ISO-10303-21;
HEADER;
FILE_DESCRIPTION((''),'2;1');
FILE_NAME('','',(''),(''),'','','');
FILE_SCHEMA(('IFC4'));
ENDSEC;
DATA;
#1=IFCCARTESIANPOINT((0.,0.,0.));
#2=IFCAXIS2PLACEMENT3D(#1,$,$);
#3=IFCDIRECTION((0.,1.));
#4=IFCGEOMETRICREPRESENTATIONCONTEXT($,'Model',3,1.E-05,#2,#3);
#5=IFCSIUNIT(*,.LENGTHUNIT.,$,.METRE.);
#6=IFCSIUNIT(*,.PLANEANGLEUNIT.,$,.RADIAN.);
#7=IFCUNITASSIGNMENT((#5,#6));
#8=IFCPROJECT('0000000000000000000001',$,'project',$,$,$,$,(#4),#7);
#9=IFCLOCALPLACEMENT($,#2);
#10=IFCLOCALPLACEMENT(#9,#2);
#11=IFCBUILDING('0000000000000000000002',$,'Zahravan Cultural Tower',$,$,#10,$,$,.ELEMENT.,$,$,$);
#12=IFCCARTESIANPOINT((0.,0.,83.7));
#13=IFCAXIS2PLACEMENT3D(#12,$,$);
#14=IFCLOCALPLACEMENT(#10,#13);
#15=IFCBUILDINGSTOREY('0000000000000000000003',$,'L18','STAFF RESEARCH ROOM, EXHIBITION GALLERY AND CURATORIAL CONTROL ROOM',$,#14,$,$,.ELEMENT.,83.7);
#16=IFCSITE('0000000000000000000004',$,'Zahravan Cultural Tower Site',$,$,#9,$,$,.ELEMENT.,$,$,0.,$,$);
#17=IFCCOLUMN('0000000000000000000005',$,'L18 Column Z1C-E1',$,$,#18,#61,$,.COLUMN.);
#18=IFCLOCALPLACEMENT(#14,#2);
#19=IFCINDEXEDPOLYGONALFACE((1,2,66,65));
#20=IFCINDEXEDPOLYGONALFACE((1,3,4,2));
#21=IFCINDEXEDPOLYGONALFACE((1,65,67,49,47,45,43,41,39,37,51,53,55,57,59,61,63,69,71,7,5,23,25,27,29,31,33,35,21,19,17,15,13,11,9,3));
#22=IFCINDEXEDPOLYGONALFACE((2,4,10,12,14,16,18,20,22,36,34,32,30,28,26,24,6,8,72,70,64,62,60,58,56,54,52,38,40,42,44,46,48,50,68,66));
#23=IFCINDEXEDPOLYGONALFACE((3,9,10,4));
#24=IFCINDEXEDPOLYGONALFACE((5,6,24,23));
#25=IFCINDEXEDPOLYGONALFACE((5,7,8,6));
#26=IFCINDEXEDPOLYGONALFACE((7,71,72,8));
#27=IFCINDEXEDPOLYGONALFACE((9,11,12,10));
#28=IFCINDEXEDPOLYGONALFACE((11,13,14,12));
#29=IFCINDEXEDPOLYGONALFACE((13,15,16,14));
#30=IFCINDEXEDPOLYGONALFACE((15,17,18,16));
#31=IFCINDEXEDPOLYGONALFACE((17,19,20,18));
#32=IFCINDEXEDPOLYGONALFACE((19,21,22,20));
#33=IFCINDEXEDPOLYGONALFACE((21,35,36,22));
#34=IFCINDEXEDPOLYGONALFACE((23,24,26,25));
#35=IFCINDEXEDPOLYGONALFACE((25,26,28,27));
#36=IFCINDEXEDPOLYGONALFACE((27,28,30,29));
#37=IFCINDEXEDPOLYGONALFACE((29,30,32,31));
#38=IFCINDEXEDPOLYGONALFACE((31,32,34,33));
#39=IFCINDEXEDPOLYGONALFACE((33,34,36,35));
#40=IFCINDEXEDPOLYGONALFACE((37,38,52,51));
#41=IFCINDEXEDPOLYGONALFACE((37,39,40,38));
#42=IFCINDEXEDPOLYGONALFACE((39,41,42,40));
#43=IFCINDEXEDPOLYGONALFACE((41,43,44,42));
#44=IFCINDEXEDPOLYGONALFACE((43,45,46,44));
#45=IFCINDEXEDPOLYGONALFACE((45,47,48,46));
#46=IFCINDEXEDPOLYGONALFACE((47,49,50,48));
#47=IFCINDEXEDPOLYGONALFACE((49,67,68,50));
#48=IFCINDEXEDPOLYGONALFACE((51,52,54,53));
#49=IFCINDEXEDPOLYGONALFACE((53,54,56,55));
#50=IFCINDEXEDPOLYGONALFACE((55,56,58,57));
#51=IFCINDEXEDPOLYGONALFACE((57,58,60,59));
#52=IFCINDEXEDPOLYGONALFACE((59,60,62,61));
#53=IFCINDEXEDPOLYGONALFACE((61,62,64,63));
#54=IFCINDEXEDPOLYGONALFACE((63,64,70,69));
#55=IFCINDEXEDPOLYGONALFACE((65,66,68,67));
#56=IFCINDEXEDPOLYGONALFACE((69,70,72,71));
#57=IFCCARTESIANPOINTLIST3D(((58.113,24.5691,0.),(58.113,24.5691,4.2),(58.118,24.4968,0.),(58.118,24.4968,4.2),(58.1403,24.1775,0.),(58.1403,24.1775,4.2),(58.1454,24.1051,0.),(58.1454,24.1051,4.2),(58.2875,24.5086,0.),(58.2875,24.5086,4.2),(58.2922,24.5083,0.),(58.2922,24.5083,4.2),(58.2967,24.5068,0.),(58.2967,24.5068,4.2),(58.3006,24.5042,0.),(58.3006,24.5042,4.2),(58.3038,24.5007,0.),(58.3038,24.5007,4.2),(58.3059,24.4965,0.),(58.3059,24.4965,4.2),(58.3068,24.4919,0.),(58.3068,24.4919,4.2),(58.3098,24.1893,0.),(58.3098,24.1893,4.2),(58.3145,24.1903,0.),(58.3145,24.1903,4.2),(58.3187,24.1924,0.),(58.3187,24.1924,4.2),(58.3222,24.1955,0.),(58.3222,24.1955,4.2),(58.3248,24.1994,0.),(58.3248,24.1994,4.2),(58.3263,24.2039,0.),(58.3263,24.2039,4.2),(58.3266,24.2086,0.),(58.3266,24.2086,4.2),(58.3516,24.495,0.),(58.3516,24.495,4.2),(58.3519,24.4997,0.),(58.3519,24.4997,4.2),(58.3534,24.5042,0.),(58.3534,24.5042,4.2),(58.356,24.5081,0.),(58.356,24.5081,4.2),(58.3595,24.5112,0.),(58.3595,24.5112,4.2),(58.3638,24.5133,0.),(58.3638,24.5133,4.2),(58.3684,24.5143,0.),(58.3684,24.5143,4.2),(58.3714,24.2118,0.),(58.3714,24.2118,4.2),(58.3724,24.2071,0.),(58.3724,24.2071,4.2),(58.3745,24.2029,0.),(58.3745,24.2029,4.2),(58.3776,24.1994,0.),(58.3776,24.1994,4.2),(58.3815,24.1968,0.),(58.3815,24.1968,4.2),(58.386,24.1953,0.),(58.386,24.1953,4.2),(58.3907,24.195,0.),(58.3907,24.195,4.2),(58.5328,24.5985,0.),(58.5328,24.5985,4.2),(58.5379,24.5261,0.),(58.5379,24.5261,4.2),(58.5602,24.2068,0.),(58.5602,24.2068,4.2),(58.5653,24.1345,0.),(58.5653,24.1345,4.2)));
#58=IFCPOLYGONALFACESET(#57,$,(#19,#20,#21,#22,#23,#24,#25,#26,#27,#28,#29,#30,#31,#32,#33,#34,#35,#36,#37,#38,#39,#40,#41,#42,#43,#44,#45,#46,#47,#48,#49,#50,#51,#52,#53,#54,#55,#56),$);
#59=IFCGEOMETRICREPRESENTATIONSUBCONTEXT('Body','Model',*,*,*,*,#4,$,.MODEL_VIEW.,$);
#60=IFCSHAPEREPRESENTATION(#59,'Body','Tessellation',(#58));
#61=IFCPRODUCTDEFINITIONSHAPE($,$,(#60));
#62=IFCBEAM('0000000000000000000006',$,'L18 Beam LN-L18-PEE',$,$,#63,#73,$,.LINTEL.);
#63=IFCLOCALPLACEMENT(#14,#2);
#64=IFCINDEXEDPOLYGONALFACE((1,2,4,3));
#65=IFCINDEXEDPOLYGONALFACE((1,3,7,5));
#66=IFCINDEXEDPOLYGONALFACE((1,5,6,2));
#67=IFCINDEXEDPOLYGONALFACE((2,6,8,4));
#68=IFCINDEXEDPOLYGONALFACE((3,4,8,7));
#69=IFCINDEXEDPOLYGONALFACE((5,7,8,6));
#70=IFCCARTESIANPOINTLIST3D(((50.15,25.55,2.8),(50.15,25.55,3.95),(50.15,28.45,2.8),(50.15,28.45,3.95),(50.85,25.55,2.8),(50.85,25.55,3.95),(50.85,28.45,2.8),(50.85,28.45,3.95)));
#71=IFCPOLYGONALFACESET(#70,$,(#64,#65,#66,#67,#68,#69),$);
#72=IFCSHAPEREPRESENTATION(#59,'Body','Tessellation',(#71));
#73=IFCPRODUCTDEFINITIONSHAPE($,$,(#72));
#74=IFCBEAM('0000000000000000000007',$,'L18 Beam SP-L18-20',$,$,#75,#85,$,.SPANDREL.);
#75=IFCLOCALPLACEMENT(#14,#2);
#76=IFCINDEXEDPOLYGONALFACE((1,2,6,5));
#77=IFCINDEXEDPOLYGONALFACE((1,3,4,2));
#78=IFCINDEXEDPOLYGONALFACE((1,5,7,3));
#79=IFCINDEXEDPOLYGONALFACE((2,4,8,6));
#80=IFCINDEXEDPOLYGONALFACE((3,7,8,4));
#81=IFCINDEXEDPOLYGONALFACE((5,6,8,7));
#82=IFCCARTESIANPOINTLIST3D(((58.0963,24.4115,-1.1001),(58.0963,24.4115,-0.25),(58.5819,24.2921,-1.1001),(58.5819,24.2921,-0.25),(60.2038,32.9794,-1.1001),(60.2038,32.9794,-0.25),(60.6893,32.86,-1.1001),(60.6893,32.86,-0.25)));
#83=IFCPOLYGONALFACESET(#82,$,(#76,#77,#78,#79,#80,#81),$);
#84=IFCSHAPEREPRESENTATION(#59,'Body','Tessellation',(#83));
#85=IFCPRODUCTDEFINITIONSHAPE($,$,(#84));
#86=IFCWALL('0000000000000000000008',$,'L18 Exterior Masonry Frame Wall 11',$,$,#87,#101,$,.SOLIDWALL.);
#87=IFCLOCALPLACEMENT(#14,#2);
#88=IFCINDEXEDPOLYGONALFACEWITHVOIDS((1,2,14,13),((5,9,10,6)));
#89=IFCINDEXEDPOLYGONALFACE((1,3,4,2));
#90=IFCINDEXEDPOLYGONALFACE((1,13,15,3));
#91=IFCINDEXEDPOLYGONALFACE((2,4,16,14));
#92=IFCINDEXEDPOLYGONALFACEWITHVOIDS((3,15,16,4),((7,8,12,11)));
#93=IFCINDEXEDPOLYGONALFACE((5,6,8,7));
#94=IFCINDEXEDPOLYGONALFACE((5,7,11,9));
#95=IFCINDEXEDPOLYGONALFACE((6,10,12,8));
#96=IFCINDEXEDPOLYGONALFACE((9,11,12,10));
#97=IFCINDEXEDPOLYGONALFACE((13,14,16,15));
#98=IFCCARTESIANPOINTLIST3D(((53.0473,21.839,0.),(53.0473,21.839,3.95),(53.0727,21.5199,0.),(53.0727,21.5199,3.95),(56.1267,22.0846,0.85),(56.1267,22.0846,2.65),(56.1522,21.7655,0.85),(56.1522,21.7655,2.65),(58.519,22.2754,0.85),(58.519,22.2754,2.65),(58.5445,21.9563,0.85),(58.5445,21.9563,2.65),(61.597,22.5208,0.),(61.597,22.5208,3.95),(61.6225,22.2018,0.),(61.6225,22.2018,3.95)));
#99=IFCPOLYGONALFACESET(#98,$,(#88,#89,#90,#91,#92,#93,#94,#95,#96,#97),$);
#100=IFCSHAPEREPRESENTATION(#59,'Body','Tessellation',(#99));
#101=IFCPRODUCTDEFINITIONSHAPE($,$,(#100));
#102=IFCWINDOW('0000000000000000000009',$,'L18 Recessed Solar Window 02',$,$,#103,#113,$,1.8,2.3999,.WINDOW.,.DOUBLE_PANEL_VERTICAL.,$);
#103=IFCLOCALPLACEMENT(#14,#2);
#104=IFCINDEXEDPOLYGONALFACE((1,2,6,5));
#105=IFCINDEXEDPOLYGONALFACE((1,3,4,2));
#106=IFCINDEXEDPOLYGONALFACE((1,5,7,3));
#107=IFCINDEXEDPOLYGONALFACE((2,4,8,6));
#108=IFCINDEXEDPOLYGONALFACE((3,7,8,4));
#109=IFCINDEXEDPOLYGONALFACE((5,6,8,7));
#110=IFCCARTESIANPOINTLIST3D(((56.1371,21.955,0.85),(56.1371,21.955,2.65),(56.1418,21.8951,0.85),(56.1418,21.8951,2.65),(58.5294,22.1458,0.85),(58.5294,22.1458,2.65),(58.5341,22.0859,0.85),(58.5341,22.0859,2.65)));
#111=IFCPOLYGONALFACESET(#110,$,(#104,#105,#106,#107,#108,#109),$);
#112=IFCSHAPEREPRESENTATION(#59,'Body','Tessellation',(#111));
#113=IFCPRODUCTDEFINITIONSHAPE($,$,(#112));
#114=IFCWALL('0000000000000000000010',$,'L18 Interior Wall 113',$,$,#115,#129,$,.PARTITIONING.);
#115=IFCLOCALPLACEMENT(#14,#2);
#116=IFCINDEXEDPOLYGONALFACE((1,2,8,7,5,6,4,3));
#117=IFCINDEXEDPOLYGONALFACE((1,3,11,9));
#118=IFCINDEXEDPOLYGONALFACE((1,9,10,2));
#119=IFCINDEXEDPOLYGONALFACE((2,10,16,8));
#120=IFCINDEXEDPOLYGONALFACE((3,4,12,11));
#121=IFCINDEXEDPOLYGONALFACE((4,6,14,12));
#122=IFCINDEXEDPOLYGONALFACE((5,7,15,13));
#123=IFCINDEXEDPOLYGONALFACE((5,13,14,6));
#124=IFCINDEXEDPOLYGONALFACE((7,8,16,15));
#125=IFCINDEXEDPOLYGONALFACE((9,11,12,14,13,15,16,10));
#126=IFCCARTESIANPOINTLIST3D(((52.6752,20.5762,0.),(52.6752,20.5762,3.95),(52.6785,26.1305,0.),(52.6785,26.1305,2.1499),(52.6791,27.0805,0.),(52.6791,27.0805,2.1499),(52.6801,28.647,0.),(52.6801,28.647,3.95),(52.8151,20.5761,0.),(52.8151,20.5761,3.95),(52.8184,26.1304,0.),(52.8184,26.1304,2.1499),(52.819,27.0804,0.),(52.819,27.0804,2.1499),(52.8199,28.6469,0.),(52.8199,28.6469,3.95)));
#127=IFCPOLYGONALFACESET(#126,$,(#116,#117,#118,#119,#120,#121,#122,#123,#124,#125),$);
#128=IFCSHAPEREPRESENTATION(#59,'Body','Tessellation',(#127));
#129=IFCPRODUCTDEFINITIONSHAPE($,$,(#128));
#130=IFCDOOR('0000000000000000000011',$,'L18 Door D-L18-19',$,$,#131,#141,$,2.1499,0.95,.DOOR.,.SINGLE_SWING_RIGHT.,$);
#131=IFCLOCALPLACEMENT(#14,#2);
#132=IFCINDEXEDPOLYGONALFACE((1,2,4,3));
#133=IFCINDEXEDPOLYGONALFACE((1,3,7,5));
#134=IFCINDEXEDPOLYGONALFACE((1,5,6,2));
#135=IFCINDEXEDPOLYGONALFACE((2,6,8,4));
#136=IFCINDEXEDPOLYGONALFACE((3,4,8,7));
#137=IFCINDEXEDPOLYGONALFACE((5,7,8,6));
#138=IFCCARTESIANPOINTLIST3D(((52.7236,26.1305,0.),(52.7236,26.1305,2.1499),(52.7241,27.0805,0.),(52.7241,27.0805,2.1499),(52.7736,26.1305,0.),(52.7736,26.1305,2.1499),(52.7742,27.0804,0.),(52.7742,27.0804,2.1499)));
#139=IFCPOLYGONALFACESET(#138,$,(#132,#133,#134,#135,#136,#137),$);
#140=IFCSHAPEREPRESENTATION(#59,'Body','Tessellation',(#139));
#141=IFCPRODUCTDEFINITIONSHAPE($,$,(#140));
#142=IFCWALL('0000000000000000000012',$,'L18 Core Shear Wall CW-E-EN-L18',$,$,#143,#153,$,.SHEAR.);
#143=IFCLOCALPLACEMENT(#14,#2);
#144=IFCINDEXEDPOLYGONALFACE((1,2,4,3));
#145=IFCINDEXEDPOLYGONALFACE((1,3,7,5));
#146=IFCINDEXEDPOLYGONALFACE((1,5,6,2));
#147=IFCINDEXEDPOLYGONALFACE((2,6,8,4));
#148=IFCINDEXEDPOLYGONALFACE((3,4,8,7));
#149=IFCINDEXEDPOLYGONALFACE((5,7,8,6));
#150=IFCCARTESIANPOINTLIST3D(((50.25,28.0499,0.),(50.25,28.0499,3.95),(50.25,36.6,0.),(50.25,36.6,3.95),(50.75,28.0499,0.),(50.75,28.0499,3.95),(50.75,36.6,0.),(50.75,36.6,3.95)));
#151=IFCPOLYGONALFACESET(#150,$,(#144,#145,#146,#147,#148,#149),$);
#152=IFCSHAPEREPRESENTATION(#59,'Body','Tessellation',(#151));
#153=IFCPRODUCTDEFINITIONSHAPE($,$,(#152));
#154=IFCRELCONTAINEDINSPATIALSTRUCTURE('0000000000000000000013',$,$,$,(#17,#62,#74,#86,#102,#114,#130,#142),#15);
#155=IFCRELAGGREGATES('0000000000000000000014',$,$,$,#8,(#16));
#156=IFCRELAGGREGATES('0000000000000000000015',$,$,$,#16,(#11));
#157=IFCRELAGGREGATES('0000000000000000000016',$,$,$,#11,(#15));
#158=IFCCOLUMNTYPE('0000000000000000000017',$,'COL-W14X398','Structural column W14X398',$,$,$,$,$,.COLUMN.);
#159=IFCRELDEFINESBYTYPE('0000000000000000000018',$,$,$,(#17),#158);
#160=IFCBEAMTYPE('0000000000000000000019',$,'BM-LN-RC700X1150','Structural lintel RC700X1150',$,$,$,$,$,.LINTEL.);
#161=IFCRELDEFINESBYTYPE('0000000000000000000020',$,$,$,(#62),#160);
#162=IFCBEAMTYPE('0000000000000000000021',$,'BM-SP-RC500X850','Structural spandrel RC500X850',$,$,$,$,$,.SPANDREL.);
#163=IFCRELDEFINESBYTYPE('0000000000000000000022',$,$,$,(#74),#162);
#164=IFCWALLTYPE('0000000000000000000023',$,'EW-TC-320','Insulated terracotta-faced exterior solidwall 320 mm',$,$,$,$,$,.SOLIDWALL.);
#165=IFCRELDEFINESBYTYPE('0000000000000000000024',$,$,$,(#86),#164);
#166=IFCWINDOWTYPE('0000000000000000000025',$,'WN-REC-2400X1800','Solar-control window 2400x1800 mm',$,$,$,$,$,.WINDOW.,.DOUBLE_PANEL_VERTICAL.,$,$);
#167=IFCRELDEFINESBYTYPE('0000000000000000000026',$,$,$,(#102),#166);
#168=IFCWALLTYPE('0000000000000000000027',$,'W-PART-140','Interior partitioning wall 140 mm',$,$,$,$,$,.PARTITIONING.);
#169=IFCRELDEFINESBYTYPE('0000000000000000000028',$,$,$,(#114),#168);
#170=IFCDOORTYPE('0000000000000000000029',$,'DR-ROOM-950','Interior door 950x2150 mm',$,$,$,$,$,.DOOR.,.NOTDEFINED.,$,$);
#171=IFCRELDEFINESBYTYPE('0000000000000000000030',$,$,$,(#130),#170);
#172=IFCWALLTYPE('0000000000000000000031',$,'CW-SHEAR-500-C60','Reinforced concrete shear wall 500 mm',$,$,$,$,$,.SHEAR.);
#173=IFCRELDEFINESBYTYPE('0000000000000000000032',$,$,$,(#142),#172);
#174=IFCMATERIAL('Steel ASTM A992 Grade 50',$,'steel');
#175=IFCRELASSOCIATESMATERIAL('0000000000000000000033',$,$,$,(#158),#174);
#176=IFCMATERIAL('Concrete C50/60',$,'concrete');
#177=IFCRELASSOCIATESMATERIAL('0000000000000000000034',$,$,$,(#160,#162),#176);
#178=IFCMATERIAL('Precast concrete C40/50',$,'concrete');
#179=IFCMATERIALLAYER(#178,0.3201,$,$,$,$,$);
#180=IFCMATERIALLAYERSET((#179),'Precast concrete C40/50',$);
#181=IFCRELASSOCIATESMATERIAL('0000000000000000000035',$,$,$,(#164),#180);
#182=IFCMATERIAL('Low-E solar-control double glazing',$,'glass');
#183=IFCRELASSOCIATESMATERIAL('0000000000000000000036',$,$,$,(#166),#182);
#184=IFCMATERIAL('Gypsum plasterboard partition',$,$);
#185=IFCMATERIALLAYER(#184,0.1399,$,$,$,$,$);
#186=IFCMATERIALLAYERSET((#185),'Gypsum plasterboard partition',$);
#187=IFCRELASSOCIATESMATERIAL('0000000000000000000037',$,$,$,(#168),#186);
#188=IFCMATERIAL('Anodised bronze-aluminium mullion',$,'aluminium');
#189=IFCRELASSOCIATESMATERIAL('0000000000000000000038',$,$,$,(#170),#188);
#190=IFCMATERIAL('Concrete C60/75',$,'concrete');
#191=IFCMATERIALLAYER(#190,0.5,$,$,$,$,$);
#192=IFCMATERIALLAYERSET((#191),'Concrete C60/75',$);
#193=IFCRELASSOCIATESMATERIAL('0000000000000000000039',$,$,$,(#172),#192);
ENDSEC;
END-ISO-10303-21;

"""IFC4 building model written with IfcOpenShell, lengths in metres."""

from ifc_helpers import new_model, si_unit, direction, frame, frame_2d, origin, origin_2d, place, context, subcontext, project, spatial, rectangle, i_section, extrude, source, transform, mapped, material, layer, layer_set, material_profile, profile_set, type_object, element, fill, save


model = new_model("IFC4")

# Units and contexts
model_context = context("Model", 3, precision=1e-05, world=origin(), true_north=direction((0.0, 1.0)))
body_context = subcontext(model_context, "Body", "Model", "MODEL_VIEW")
ifc_project = project(units=[si_unit("LENGTHUNIT", "METRE"), si_unit("PLANEANGLEUNIT", "RADIAN")], contexts=[model_context])

# Site, building, storey
site_placement = place(None, origin())
site = spatial("IfcSite", under=ifc_project, at=site_placement, Name="Zahravan Cultural Tower Site", CompositionType="ELEMENT", RefElevation=0.0)
building_placement = place(site_placement, origin())
building = spatial("IfcBuilding", under=site, at=building_placement, Name="Zahravan Cultural Tower", CompositionType="ELEMENT")
storey_placement = place(building_placement, frame((0.0, 0.0, 83.7)))
storey = spatial("IfcBuildingStorey", under=building, at=storey_placement, Name="L18", Description="STAFF RESEARCH ROOM, EXHIBITION GALLERY AND CURATORIAL CONTROL ROOM", CompositionType="ELEMENT", Elevation=83.7)

# Column
ifc_material_1 = material(Name="Steel ASTM A992 Grade 50", Category="steel")
ifc_material_profile_1 = material_profile(ifc_material_1, i_section(OverallWidth=0.4209, OverallDepth=0.4651, WebThickness=0.0449, FlangeThickness=0.0725, FilletRadius=0.0181, at=origin_2d()), Name="W14X398")
ifc_profile_set_1 = profile_set([ifc_material_profile_1], Name="Steel ASTM A992 Grade 50")
column_type = type_object("IfcColumnType", Name="COL-W14X398", Description="Structural column W14X398", PredefinedType="COLUMN", material=ifc_profile_set_1)
shared_shape_1 = source(origin(), body_context, "Body", "SweptSolid", [
    extrude(i_section(OverallWidth=0.4209, OverallDepth=0.4651, WebThickness=0.0449, FlangeThickness=0.0725, FilletRadius=0.0181, at=origin_2d()), origin(), (0.0, 0.0, 1.0), 4.2),
])
column_placement = place(storey_placement, frame((58.3391, 24.3518, 0.0), z_axis=(0.0, 0.0, 1.0), x_axis=(0.997564, 0.069756, 0.0)))
element("IfcColumn", 1, at=column_placement, inside=storey, type_object=column_type, Name="L18 Column Z1C-E1", PredefinedType="COLUMN", context=body_context, shape_type="MappedRepresentation", body=[
    mapped(shared_shape_1, transform((0.0, 0.0, 0.0), x_axis=(1.0, 0.0, 0.0), y_axis=(0.0, 1.0, 0.0), z_axis=(0.0, 0.0, 1.0), scale=1.0)),
])

# Beams
ifc_material_2 = material(Name="Concrete C50/60", Category="concrete")
ifc_material_profile_2 = material_profile(ifc_material_2, rectangle(XDim=0.7, YDim=1.1499, at=origin_2d()), Name="RC700X1150")
ifc_profile_set_2 = profile_set([ifc_material_profile_2], Name="Concrete C50/60")
beam_type_1 = type_object("IfcBeamType", Name="BM-LN-RC700X1150", Description="Structural lintel RC700X1150", PredefinedType="LINTEL", material=ifc_profile_set_2)
shared_shape_2 = source(origin(), body_context, "Body", "SweptSolid", [
    extrude(rectangle(XDim=0.7, YDim=1.1499, at=origin_2d()), origin(), (0.0, 0.0, 1.0), 2.8999),
])
beam_1_placement = place(storey_placement, frame((50.5, 25.55, 3.375), z_axis=(0.0, 1.0, 0.0), x_axis=(-1.0, 0.0, 0.0)))
element("IfcBeam", 2, at=beam_1_placement, inside=storey, type_object=beam_type_1, Name="L18 Beam LN-L18-PEE", PredefinedType="LINTEL", context=body_context, shape_type="MappedRepresentation", body=[
    mapped(shared_shape_2, transform((0.0, 0.0, 0.0), x_axis=(1.0, 0.0, 0.0), y_axis=(0.0, 1.0, 0.0), z_axis=(0.0, 0.0, 1.0), scale=1.0)),
])
ifc_material_profile_3 = material_profile(ifc_material_2, rectangle(XDim=0.5, YDim=0.8501, at=origin_2d()), Name="RC500X850")
ifc_profile_set_3 = profile_set([ifc_material_profile_3], Name="Concrete C50/60")
beam_type_2 = type_object("IfcBeamType", Name="BM-SP-RC500X850", Description="Structural spandrel RC500X850", PredefinedType="SPANDREL", material=ifc_profile_set_3)
shared_shape_3 = source(origin(), body_context, "Body", "SweptSolid", [
    extrude(rectangle(XDim=0.5, YDim=0.8501, at=origin_2d()), origin(), (0.0, 0.0, 1.0), 8.8232),
])
beam_2_placement = place(storey_placement, frame((58.3391, 24.3518, -0.675), z_axis=(0.238849, 0.971057, 0.0), x_axis=(-0.971057, 0.238849, 0.0)))
element("IfcBeam", 3, at=beam_2_placement, inside=storey, type_object=beam_type_2, Name="L18 Beam SP-L18-20", PredefinedType="SPANDREL", context=body_context, shape_type="MappedRepresentation", body=[
    mapped(shared_shape_3, transform((0.0, 0.0, 0.0), x_axis=(1.0, 0.0, 0.0), y_axis=(0.0, 1.0, 0.0), z_axis=(0.0, 0.0, 1.0), scale=1.0)),
])

# Wall, opening, window
ifc_material_3 = material(Name="Precast concrete C40/50", Category="concrete")
ifc_layer_1 = layer(ifc_material_3, 0.3201)
ifc_layer_set_1 = layer_set([ifc_layer_1], Name="Precast concrete C40/50")
wall_type_1 = type_object("IfcWallType", Name="EW-TC-320", Description="Insulated terracotta-faced exterior solidwall 320 mm", PredefinedType="SOLIDWALL", material=ifc_layer_set_1)
wall_1_placement = place(storey_placement, frame((61.6099, 22.3613, 0.0), z_axis=(0.0, 0.0, 1.0), x_axis=(-0.996835, -0.079502, 0.0)))
wall_1 = element("IfcWall", 4, at=wall_1_placement, inside=storey, type_object=wall_type_1, Name="L18 Exterior Masonry Frame Wall 11", PredefinedType="SOLIDWALL", context=body_context, shape_type="SweptSolid", body=[
    extrude(rectangle(XDim=8.5769, YDim=0.3201, at=frame_2d((4.2886, 0.0))), origin(), (0.0, 0.0, 1.0), 3.95),
])
opening_1_placement = place(wall_1_placement, frame((3.0879, 0.0, 0.8501)))
opening_1 = element("IfcOpeningElement", 5, at=opening_1_placement, cuts=wall_1, PredefinedType="OPENING", context=body_context, shape_type="SweptSolid", body=[
    extrude(rectangle(XDim=2.3999, YDim=1.8, at=frame_2d((1.2, 0.8999))), frame((0.0, 0.1699, 0.0), z_axis=(0.0, -1.0, 0.0), x_axis=(1.0, 0.0, 0.0)), (0.0, 0.0, 1.0), 0.3401),
])
ifc_material_4 = material(Name="Low-E solar-control double glazing", Category="glass")
window_type = type_object("IfcWindowType", Name="WN-REC-2400X1800", Description="Solar-control window 2400x1800 mm", PartitioningType="DOUBLE_PANEL_VERTICAL", PredefinedType="WINDOW", material=ifc_material_4)
shared_shape_4 = source(origin(), body_context, "Body", "SweptSolid", [
    extrude(rectangle(XDim=2.3999, YDim=1.8, at=frame_2d((1.2, 0.8999))), frame((0.0, 0.03, 0.0), z_axis=(0.0, -1.0, 0.0), x_axis=(1.0, 0.0, 0.0)), (0.0, 0.0, 1.0), 0.0601),
])
window_placement = place(opening_1_placement, origin())
window = element("IfcWindow", 6, at=window_placement, inside=storey, type_object=window_type, Name="L18 Recessed Solar Window 02", OverallHeight=1.8, OverallWidth=2.3999, PartitioningType="DOUBLE_PANEL_VERTICAL", PredefinedType="WINDOW", context=body_context, shape_type="MappedRepresentation", body=[
    mapped(shared_shape_4, transform((0.0, 0.0, 0.0), x_axis=(1.0, 0.0, 0.0), y_axis=(0.0, 1.0, 0.0), z_axis=(0.0, 0.0, 1.0), scale=1.0)),
])
fill(opening_1, window)

# Wall, opening, door
ifc_material_5 = material(Name="Gypsum plasterboard partition")
ifc_layer_2 = layer(ifc_material_5, 0.1399)
ifc_layer_set_2 = layer_set([ifc_layer_2], Name="Gypsum plasterboard partition")
wall_type_2 = type_object("IfcWallType", Name="W-PART-140", Description="Interior partitioning wall 140 mm", PredefinedType="PARTITIONING", material=ifc_layer_set_2)
wall_2_placement = place(storey_placement, frame((52.7451, 20.5762, 0.0), z_axis=(0.0, 0.0, 1.0), x_axis=(0.000605, 1.0, 0.0)))
wall_2 = element("IfcWall", 7, at=wall_2_placement, inside=storey, type_object=wall_type_2, Name="L18 Interior Wall 113", PredefinedType="PARTITIONING", context=body_context, shape_type="SweptSolid", body=[
    extrude(rectangle(XDim=8.0708, YDim=0.1399, at=frame_2d((4.0354, 0.0))), origin(), (0.0, 0.0, 1.0), 3.95),
])
opening_2_placement = place(wall_2_placement, frame((5.5542, 0.0, 0.0)))
opening_2 = element("IfcOpeningElement", 8, at=opening_2_placement, cuts=wall_2, PredefinedType="OPENING", context=body_context, shape_type="SweptSolid", body=[
    extrude(rectangle(XDim=0.95, YDim=2.1499, at=frame_2d((0.4751, 1.075))), frame((0.0, 0.0798, 0.0), z_axis=(0.0, -1.0, 0.0), x_axis=(1.0, 0.0, 0.0)), (0.0, 0.0, 1.0), 0.1599),
])
ifc_material_6 = material(Name="Anodised bronze-aluminium mullion", Category="aluminium")
door_type = type_object("IfcDoorType", Name="DR-ROOM-950", Description="Interior door 950x2150 mm", OperationType="NOTDEFINED", PredefinedType="DOOR", material=ifc_material_6)
shared_shape_5 = source(origin(), body_context, "Body", "SweptSolid", [
    extrude(rectangle(XDim=0.95, YDim=2.1499, at=frame_2d((0.4751, 1.075))), frame((0.0, 0.0249, 0.0), z_axis=(0.0, -1.0, 0.0), x_axis=(1.0, 0.0, 0.0)), (0.0, 0.0, 1.0), 0.05),
])
door_placement = place(opening_2_placement, origin())
door = element("IfcDoor", 9, at=door_placement, inside=storey, type_object=door_type, Name="L18 Door D-L18-19", OperationType="SINGLE_SWING_RIGHT", OverallHeight=2.1499, OverallWidth=0.95, PredefinedType="DOOR", context=body_context, shape_type="MappedRepresentation", body=[
    mapped(shared_shape_5, transform((0.0, 0.0, 0.0), x_axis=(1.0, 0.0, 0.0), y_axis=(0.0, 1.0, 0.0), z_axis=(0.0, 0.0, 1.0), scale=1.0)),
])
fill(opening_2, door)

# Wall
ifc_material_7 = material(Name="Concrete C60/75", Category="concrete")
ifc_layer_3 = layer(ifc_material_7, 0.5)
ifc_layer_set_3 = layer_set([ifc_layer_3], Name="Concrete C60/75")
wall_type_3 = type_object("IfcWallType", Name="CW-SHEAR-500-C60", Description="Reinforced concrete shear wall 500 mm", PredefinedType="SHEAR", material=ifc_layer_set_3)
shared_shape_6 = source(origin(), body_context, "Body", "SweptSolid", [
    extrude(rectangle(XDim=8.55, YDim=0.5, at=frame_2d((4.2749, 0.0))), origin(), (0.0, 0.0, 1.0), 3.95),
])
wall_3_placement = place(storey_placement, frame((50.5, 28.05, 0.0), z_axis=(0.0, 0.0, 1.0), x_axis=(0.0, 1.0, 0.0)))
element("IfcWall", 10, at=wall_3_placement, inside=storey, type_object=wall_type_3, Name="L18 Core Shear Wall CW-E-EN-L18", PredefinedType="SHEAR", context=body_context, shape_type="MappedRepresentation", body=[
    mapped(shared_shape_6, transform((0.0, 0.0, 0.0), x_axis=(1.0, 0.0, 0.0), y_axis=(0.0, 1.0, 0.0), z_axis=(0.0, 0.0, 1.0), scale=1.0)),
])

save(model, "model.ifc")
